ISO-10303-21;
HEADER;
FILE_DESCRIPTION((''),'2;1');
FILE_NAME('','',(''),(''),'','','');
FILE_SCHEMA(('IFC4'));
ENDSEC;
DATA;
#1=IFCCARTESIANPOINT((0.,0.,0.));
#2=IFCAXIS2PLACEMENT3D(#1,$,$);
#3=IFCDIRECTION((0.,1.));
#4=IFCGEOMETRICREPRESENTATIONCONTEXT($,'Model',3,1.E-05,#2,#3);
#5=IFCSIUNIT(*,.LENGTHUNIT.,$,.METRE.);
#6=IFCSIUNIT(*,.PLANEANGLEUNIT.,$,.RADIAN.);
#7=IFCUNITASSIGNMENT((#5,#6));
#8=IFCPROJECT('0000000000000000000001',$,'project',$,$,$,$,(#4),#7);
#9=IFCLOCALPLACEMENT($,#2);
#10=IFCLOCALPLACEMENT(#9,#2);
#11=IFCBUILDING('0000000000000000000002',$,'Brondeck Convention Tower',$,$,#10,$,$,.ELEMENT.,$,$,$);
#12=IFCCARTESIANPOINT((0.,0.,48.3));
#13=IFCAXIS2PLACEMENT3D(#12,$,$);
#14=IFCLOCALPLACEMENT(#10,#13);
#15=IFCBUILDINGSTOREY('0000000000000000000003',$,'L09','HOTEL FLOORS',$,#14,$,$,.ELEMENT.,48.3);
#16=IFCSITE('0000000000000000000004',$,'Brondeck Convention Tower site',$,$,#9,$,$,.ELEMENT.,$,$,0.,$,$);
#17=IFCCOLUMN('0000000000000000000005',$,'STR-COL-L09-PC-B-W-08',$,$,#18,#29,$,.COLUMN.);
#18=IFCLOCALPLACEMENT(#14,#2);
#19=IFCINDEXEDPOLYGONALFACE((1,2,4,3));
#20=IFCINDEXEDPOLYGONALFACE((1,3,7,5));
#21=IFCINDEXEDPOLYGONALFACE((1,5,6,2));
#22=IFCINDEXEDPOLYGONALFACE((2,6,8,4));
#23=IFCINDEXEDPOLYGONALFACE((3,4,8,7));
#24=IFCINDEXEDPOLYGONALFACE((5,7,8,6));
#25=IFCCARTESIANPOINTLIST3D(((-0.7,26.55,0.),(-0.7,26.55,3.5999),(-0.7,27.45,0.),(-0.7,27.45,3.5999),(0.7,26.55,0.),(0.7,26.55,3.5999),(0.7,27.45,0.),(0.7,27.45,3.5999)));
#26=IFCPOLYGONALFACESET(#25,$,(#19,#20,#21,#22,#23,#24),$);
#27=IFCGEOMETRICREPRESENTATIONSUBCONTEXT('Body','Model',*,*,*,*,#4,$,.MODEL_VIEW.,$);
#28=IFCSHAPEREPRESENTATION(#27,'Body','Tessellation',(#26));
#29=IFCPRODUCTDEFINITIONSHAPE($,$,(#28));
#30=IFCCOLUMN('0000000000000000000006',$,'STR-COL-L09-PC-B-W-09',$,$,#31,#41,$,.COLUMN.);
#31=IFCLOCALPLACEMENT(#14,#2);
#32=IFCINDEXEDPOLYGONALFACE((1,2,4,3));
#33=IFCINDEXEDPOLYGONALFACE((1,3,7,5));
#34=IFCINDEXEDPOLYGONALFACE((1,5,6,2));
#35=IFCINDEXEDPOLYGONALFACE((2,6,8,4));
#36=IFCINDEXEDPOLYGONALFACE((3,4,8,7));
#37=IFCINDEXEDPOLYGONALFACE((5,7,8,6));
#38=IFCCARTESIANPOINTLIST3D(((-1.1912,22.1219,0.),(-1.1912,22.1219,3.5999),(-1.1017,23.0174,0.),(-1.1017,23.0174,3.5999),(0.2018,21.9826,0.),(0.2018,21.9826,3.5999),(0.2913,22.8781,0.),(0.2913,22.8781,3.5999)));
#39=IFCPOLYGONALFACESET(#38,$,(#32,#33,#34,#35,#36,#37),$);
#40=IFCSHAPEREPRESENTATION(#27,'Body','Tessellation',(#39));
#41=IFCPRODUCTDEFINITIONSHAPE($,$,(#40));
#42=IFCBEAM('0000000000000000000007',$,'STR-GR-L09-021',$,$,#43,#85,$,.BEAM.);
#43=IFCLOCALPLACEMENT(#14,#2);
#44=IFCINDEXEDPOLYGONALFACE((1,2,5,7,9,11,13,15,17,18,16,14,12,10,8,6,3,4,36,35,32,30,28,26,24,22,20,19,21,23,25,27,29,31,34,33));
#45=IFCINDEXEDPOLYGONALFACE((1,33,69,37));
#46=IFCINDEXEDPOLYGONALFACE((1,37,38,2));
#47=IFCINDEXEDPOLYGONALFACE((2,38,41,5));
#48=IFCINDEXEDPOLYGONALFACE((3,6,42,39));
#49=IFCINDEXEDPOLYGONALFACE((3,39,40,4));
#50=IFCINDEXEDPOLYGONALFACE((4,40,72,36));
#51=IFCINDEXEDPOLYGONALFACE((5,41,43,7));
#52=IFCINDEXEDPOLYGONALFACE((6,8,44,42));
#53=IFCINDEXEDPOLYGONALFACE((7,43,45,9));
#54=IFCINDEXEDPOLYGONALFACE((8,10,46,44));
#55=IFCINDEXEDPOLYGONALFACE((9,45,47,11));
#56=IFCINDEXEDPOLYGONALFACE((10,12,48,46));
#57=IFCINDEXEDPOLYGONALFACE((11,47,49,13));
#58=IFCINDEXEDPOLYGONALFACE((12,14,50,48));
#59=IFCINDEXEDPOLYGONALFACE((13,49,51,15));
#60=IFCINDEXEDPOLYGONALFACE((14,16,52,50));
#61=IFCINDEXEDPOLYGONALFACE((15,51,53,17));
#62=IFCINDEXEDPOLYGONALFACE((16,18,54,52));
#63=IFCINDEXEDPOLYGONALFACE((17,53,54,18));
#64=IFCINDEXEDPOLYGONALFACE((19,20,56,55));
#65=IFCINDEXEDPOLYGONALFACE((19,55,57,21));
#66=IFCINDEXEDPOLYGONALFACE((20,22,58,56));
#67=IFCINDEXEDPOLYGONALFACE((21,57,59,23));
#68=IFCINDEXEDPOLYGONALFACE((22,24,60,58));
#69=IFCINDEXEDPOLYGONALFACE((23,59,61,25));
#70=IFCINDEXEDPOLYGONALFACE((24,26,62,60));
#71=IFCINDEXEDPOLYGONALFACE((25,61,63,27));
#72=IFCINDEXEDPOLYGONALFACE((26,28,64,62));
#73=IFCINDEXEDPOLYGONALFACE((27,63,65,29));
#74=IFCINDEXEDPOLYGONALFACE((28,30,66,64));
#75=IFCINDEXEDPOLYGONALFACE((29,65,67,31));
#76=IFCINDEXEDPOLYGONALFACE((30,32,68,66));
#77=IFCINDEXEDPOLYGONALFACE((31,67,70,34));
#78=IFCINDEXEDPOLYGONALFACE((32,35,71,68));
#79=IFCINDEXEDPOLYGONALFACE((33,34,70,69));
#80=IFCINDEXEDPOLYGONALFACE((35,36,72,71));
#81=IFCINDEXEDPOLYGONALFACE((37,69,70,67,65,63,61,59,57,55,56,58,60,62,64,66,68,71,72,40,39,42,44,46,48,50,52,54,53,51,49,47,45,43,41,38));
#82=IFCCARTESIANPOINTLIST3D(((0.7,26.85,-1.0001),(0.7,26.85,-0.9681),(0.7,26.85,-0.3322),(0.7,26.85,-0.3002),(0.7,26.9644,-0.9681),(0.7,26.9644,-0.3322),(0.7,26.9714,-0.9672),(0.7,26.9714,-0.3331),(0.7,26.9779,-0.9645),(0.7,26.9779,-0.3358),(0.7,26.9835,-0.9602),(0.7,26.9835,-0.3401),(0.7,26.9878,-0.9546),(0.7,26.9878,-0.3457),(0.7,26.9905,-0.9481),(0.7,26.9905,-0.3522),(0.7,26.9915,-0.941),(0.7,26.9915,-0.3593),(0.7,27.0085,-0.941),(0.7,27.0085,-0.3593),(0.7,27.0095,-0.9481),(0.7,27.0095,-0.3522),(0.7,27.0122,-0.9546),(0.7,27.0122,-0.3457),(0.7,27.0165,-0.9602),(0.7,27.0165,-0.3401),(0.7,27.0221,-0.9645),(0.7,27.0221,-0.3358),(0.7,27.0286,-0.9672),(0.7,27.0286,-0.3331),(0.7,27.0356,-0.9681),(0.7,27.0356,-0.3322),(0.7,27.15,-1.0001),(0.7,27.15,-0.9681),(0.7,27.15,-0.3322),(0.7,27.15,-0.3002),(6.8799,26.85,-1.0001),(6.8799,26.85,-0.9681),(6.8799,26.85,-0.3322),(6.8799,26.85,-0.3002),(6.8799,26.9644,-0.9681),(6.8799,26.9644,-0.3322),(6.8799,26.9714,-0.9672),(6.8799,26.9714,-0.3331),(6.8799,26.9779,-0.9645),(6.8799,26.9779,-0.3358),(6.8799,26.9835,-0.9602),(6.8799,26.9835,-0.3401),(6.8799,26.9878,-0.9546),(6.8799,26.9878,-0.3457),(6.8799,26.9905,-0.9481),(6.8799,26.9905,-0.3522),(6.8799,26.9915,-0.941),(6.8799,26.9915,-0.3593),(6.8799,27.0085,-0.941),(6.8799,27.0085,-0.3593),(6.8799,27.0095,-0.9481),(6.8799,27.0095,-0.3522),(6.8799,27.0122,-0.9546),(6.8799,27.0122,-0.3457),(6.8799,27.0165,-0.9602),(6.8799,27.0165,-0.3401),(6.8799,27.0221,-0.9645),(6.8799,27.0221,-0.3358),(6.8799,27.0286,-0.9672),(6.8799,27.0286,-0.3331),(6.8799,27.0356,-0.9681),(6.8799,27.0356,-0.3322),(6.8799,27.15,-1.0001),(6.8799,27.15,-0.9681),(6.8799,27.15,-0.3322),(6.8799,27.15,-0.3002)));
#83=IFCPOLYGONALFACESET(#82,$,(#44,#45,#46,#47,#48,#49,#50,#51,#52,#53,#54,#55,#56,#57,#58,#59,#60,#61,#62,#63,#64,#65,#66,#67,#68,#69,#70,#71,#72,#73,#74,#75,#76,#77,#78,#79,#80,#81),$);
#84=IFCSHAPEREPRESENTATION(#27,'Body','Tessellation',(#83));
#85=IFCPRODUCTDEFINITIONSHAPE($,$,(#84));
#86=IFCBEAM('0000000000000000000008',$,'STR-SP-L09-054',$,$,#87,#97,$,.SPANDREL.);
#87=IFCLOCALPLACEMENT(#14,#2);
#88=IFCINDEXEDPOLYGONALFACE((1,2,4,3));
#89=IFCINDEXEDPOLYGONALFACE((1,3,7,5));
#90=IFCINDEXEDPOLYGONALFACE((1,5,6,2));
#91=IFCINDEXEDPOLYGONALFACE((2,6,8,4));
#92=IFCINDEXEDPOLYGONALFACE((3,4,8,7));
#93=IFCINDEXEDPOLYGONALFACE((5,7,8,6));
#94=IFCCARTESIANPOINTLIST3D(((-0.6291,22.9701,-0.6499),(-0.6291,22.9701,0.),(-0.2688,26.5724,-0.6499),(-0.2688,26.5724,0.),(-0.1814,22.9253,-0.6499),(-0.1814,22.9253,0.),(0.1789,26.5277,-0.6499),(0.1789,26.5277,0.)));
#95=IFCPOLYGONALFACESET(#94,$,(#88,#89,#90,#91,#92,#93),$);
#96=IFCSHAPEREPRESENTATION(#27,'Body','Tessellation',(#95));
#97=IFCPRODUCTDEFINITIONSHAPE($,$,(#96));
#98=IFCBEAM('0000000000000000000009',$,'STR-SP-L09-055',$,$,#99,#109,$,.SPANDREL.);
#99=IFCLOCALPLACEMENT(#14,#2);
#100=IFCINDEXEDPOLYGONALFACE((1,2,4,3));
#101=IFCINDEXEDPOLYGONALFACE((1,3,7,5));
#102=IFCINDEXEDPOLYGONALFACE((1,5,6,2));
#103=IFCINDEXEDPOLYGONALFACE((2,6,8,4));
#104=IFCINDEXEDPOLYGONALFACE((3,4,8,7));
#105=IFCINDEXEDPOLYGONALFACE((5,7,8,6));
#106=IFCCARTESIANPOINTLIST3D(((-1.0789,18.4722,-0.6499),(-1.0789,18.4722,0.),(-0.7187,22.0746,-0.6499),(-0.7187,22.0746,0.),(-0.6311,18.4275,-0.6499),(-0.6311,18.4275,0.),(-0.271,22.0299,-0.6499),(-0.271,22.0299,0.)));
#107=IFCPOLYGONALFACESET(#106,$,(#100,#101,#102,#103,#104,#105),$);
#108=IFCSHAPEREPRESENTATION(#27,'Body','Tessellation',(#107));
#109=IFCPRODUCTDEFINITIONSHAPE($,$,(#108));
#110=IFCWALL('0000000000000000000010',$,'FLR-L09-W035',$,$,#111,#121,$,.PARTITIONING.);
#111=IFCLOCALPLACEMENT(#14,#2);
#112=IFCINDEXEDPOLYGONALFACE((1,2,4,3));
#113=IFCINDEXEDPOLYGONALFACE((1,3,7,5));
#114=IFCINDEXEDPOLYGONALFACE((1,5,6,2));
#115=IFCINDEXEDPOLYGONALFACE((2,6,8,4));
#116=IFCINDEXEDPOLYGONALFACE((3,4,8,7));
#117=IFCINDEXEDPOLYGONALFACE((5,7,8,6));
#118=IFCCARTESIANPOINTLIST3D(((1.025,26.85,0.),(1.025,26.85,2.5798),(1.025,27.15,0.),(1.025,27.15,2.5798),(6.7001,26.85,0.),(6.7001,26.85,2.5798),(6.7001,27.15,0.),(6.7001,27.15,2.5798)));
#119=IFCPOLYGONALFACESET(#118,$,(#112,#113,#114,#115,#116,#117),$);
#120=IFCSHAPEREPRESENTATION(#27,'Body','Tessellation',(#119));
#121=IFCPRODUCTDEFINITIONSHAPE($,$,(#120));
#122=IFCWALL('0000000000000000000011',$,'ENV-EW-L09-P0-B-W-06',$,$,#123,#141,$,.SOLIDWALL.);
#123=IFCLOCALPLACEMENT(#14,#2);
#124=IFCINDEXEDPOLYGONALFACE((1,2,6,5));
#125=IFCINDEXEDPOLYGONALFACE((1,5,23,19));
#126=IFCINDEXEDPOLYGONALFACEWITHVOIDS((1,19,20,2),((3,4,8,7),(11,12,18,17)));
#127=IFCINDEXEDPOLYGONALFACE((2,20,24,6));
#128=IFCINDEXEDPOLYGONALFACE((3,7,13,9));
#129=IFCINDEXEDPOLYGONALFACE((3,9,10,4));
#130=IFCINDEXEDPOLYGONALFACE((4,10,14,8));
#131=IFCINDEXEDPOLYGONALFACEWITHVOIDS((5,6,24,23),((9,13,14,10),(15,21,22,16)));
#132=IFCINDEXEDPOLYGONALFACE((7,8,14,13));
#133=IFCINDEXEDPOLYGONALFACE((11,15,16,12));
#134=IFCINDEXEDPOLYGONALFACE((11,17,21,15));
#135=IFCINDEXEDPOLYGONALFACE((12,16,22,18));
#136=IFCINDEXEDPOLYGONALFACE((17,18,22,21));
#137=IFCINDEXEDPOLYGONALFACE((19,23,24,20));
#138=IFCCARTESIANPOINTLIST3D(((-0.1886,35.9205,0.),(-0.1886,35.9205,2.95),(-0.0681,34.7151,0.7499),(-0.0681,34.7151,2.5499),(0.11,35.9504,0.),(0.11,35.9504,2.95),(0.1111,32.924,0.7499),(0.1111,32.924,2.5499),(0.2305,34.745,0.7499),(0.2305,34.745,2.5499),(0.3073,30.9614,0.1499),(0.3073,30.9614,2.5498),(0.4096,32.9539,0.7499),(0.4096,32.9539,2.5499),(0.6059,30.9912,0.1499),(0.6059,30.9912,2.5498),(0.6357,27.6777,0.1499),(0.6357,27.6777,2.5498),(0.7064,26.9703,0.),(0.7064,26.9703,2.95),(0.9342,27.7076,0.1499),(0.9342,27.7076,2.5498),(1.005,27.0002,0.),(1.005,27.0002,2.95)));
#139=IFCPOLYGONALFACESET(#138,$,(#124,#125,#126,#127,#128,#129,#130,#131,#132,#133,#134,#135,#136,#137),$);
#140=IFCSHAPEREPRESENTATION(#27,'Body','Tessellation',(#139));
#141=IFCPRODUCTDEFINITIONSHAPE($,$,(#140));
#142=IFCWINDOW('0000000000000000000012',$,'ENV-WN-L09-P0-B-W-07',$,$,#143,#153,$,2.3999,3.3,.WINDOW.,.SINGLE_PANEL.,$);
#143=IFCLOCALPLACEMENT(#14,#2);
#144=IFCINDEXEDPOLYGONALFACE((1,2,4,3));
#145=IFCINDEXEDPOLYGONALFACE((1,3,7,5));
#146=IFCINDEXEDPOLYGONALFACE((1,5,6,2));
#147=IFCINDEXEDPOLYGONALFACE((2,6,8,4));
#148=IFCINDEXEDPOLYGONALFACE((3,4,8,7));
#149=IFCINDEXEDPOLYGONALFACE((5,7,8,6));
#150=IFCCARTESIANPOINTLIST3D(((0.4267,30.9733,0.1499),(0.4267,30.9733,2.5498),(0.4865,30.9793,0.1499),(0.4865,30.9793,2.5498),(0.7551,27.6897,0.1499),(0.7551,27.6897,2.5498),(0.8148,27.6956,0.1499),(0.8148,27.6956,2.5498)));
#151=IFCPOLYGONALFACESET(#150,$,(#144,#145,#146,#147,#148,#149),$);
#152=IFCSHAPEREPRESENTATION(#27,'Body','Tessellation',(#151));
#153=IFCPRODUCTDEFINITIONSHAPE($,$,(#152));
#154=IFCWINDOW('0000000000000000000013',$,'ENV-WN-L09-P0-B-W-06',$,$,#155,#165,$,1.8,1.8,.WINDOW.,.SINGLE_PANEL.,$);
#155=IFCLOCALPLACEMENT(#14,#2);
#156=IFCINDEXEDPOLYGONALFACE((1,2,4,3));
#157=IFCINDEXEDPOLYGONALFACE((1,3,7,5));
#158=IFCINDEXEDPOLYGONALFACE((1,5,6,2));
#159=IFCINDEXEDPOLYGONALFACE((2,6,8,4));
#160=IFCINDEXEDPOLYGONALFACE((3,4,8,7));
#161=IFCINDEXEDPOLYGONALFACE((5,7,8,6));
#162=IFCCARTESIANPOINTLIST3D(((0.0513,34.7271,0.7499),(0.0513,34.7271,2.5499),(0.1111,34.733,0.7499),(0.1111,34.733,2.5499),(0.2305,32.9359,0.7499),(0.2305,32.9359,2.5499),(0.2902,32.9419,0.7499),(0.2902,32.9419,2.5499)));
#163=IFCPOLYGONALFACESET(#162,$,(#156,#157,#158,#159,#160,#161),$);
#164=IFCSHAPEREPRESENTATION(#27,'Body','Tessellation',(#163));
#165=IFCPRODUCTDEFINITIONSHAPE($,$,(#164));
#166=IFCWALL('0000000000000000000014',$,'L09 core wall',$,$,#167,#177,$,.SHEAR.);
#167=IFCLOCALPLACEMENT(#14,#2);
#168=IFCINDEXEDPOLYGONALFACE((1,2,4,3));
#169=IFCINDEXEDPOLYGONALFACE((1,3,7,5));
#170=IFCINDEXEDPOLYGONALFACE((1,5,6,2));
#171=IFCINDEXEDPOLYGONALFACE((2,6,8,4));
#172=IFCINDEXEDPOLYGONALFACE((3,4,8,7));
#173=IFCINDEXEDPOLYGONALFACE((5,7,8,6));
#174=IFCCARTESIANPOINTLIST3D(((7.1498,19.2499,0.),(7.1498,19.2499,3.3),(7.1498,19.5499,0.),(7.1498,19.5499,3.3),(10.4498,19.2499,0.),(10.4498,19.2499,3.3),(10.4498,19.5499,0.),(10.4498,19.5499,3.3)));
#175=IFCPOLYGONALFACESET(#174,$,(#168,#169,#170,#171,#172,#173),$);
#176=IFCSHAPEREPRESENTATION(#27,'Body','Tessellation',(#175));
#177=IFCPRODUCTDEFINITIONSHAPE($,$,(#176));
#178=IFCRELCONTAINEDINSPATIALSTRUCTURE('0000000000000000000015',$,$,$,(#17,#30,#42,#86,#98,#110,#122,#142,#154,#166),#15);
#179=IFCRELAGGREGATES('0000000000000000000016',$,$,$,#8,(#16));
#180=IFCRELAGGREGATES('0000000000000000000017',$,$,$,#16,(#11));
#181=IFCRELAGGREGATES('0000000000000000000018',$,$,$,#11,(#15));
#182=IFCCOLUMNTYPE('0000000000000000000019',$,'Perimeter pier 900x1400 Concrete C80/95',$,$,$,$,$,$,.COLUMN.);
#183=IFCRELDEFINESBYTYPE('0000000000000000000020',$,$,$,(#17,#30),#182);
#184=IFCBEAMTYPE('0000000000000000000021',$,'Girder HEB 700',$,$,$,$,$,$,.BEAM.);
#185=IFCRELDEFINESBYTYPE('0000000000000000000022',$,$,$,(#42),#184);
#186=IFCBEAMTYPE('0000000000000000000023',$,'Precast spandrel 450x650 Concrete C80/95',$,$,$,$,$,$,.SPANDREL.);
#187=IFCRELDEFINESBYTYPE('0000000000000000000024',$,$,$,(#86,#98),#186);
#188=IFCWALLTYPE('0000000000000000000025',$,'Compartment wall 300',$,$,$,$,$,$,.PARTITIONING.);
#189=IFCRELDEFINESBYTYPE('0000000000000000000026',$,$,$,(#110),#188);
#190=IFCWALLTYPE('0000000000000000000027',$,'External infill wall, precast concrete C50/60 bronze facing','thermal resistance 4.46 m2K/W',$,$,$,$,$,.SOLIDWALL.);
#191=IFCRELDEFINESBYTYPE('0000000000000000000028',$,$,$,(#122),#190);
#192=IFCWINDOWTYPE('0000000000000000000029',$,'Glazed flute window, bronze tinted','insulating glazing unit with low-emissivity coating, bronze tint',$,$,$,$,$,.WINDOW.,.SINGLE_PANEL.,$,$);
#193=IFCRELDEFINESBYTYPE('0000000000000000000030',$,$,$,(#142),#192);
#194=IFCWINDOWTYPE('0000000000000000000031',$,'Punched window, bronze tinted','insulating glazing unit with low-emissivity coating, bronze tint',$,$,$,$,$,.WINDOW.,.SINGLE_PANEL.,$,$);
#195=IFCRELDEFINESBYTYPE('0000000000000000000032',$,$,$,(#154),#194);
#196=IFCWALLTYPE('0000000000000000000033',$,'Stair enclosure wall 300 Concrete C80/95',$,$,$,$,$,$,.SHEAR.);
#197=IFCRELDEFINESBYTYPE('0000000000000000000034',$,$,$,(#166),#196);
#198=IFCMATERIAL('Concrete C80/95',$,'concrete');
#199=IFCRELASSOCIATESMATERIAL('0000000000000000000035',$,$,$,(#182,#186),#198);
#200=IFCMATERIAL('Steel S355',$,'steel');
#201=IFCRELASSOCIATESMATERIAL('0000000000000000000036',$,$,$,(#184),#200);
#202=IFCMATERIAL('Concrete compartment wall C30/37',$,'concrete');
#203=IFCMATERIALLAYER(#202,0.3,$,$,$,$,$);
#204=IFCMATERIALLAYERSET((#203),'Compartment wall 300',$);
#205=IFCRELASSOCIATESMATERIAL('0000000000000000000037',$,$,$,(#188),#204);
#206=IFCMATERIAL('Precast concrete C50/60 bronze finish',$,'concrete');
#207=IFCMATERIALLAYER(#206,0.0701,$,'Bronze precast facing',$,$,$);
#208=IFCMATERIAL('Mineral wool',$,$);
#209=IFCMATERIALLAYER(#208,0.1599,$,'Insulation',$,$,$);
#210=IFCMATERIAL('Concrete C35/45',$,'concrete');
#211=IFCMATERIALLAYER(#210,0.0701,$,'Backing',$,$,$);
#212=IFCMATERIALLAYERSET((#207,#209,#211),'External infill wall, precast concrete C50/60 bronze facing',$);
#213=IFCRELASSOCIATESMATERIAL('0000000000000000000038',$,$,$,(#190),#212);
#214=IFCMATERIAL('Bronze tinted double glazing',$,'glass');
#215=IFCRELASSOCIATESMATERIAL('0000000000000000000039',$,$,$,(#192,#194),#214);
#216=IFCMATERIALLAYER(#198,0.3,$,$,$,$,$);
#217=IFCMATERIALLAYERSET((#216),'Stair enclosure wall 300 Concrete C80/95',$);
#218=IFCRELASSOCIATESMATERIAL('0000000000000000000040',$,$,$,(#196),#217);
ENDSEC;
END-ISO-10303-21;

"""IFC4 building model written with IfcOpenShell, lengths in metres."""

from ifc_helpers import new_model, si_unit, direction, frame, frame_2d, origin, origin_2d, place, context, subcontext, project, spatial, rectangle, i_section, extrude, material, layer, layer_set, material_profile, profile_set, type_object, element, fill, save


model = new_model("IFC4")

# Units and contexts
model_context = context("Model", 3, precision=1e-05, world=origin(), true_north=direction((0.0, 1.0)))
body_context = subcontext(model_context, "Body", "Model", "MODEL_VIEW")
ifc_project = project(units=[si_unit("LENGTHUNIT", "METRE"), si_unit("PLANEANGLEUNIT", "RADIAN")], contexts=[model_context])

# Site, building, storey
site_placement = place(None, origin())
site = spatial("IfcSite", under=ifc_project, at=site_placement, Name="Brondeck Convention Tower site", CompositionType="ELEMENT", RefElevation=0.0)
building_placement = place(site_placement, origin())
building = spatial("IfcBuilding", under=site, at=building_placement, Name="Brondeck Convention Tower", CompositionType="ELEMENT")
storey_placement = place(building_placement, frame((0.0, 0.0, 48.3)))
storey = spatial("IfcBuildingStorey", under=building, at=storey_placement, Name="L09", Description="HOTEL FLOORS", CompositionType="ELEMENT", Elevation=48.3)

# Columns
ifc_material_1 = material(Name="Concrete C80/95", Category="concrete")
ifc_material_profile_1 = material_profile(ifc_material_1, rectangle(XDim=0.8999, YDim=1.3999, at=origin_2d()), Name="Perimeter pier 900x1400 Concrete C80/95")
ifc_profile_set_1 = profile_set([ifc_material_profile_1], Name="Concrete C80/95")
column_type = type_object("IfcColumnType", Name="Perimeter pier 900x1400 Concrete C80/95", PredefinedType="COLUMN", material=ifc_profile_set_1)
for number, where, z_axis, x_axis, name in (
    (1, (0.0, 27.0, 0.0), (0.0, 0.0, 1.0), (0.0, -1.0, 0.0), "STR-COL-L09-PC-B-W-08"),
    (2, (-0.45, 22.5, 0.0), (0.0, 0.0, 1.0), (-0.099504, -0.995037, 0.0), "STR-COL-L09-PC-B-W-09"),
):
    element("IfcColumn", number, at=place(storey_placement, frame(where, z_axis=z_axis, x_axis=x_axis)), inside=storey, type_object=column_type, Name=name, PredefinedType="COLUMN", context=body_context, shape_type="SweptSolid", body=[
        extrude(rectangle(XDim=0.8999, YDim=1.3999, at=origin_2d()), origin(), (0.0, 0.0, 1.0), 3.5999),
    ])

# Beams
ifc_material_2 = material(Name="Steel S355", Category="steel")
ifc_material_profile_2 = material_profile(ifc_material_2, i_section(OverallWidth=0.3, OverallDepth=0.7, WebThickness=0.0171, FlangeThickness=0.032, FilletRadius=0.0271, at=origin_2d()), Name="HEB 700")
ifc_profile_set_2 = profile_set([ifc_material_profile_2], Name="Steel S355")
beam_type_1 = type_object("IfcBeamType", Name="Girder HEB 700", PredefinedType="BEAM", material=ifc_profile_set_2)
beam_placement = place(storey_placement, frame((0.7, 27.0, -0.6501), z_axis=(1.0, 0.0, 0.0), x_axis=(0.0, 1.0, 0.0)))
element("IfcBeam", 3, at=beam_placement, inside=storey, type_object=beam_type_1, Name="STR-GR-L09-021", PredefinedType="BEAM", context=body_context, shape_type="SweptSolid", body=[
    extrude(i_section(OverallWidth=0.3, OverallDepth=0.7, WebThickness=0.0171, FlangeThickness=0.032, FilletRadius=0.0271, at=origin_2d()), origin(), (0.0, 0.0, 1.0), 6.1799),
])
ifc_material_profile_3 = material_profile(ifc_material_1, rectangle(XDim=0.45, YDim=0.6499, at=origin_2d()), Name="Precast spandrel 450x650 Concrete C80/95")
ifc_profile_set_3 = profile_set([ifc_material_profile_3], Name="Concrete C80/95")
beam_type_2 = type_object("IfcBeamType", Name="Precast spandrel 450x650 Concrete C80/95", PredefinedType="SPANDREL", material=ifc_profile_set_3)
for number, where, z_axis, x_axis, name in (
    (4, (-0.0449, 26.55, -0.325), (-0.099537, -0.995034, 0.0), (0.995034, -0.099537, 0.0), "STR-SP-L09-054"),
    (5, (-0.4949, 22.0522, -0.325), (-0.09947, -0.995041, 0.0), (0.995041, -0.09947, 0.0), "STR-SP-L09-055"),
):
    element("IfcBeam", number, at=place(storey_placement, frame(where, z_axis=z_axis, x_axis=x_axis)), inside=storey, type_object=beam_type_2, Name=name, PredefinedType="SPANDREL", context=body_context, shape_type="SweptSolid", body=[
        extrude(rectangle(XDim=0.45, YDim=0.6499, at=origin_2d()), origin(), (0.0, 0.0, 1.0), 3.6204),
    ])

# Wall
ifc_material_3 = material(Name="Concrete compartment wall C30/37", Category="concrete")
ifc_layer_1 = layer(ifc_material_3, 0.3)
ifc_layer_set_1 = layer_set([ifc_layer_1], Name="Compartment wall 300")
wall_type_1 = type_object("IfcWallType", Name="Compartment wall 300", PredefinedType="PARTITIONING", material=ifc_layer_set_1)
wall_1_placement = place(storey_placement, frame((6.7, 27.0, 0.0), z_axis=(0.0, 0.0, 1.0), x_axis=(-1.0, 0.0, 0.0)))
element("IfcWall", 6, at=wall_1_placement, inside=storey, type_object=wall_type_1, Name="FLR-L09-W035", PredefinedType="PARTITIONING", context=body_context, shape_type="SweptSolid", body=[
    extrude(rectangle(XDim=5.675, YDim=0.3, at=frame_2d((2.8374, 0.0))), origin(), (0.0, 0.0, 1.0), 2.5798),
])

# Wall, openings, windows
ifc_material_4 = material(Name="Precast concrete C50/60 bronze finish", Category="concrete")
ifc_layer_2 = layer(ifc_material_4, 0.0701, Name="Bronze precast facing")
ifc_material_5 = material(Name="Mineral wool")
ifc_layer_3 = layer(ifc_material_5, 0.1599, Name="Insulation")
ifc_material_6 = material(Name="Concrete C35/45", Category="concrete")
ifc_layer_4 = layer(ifc_material_6, 0.0701, Name="Backing")
ifc_layer_set_2 = layer_set([ifc_layer_2, ifc_layer_3, ifc_layer_4], Name="External infill wall, precast concrete C50/60 bronze facing")
wall_type_2 = type_object("IfcWallType", Name="External infill wall, precast concrete C50/60 bronze facing", Description="thermal resistance 4.46 m2K/W", PredefinedType="SOLIDWALL", material=ifc_layer_set_2)
wall_2_placement = place(storey_placement, frame((0.8557, 26.9851, 0.0), z_axis=(0.0, 0.0, 1.0), x_axis=(-0.099504, 0.995037, 0.0)))
wall_2 = element("IfcWall", 7, at=wall_2_placement, inside=storey, type_object=wall_type_2, Name="ENV-EW-L09-P0-B-W-06", PredefinedType="SOLIDWALL", context=body_context, shape_type="SweptSolid", body=[
    extrude(rectangle(XDim=8.9949, YDim=0.3, at=frame_2d((4.4976, 0.0))), origin(), (0.0, 0.0, 1.0), 2.95),
])
opening_1_placement = place(wall_2_placement, frame((0.7112, 0.0, 0.1499)))
opening_1 = element("IfcOpeningElement", 8, at=opening_1_placement, cuts=wall_2, PredefinedType="OPENING", context=body_context, shape_type="SweptSolid", body=[
    extrude(rectangle(XDim=3.3, YDim=2.3999, at=frame_2d((1.6499, 1.2))), frame((0.0, 0.1599, 0.0), z_axis=(0.0, -1.0, 0.0), x_axis=(1.0, 0.0, 0.0)), (0.0, 0.0, 1.0), 0.3201),
])
opening_2_placement = place(wall_2_placement, frame((5.9836, 0.0, 0.75)))
opening_2 = element("IfcOpeningElement", 9, at=opening_2_placement, cuts=wall_2, PredefinedType="OPENING", context=body_context, shape_type="SweptSolid", body=[
    extrude(rectangle(XDim=1.8, YDim=1.8, at=frame_2d((0.8999, 0.8999))), frame((0.0, 0.1599, 0.0), z_axis=(0.0, -1.0, 0.0), x_axis=(1.0, 0.0, 0.0)), (0.0, 0.0, 1.0), 0.3201),
])
ifc_material_7 = material(Name="Bronze tinted double glazing", Category="glass")
window_type_1 = type_object("IfcWindowType", Name="Glazed flute window, bronze tinted", Description="insulating glazing unit with low-emissivity coating, bronze tint", PartitioningType="SINGLE_PANEL", PredefinedType="WINDOW", material=ifc_material_7)
window_1_placement = place(opening_1_placement, origin())
window_1 = element("IfcWindow", 10, at=window_1_placement, inside=storey, type_object=window_type_1, Name="ENV-WN-L09-P0-B-W-07", OverallHeight=2.3999, OverallWidth=3.3, PartitioningType="SINGLE_PANEL", PredefinedType="WINDOW", context=body_context, shape_type="SweptSolid", body=[
    extrude(rectangle(XDim=3.3, YDim=2.3999, at=frame_2d((1.6499, 1.2))), frame((0.0, 0.03, 0.0), z_axis=(0.0, -1.0, 0.0), x_axis=(1.0, 0.0, 0.0)), (0.0, 0.0, 1.0), 0.0601),
])
fill(opening_1, window_1)
window_type_2 = type_object("IfcWindowType", Name="Punched window, bronze tinted", Description="insulating glazing unit with low-emissivity coating, bronze tint", PartitioningType="SINGLE_PANEL", PredefinedType="WINDOW", material=ifc_material_7)
window_2_placement = place(opening_2_placement, origin())
window_2 = element("IfcWindow", 11, at=window_2_placement, inside=storey, type_object=window_type_2, Name="ENV-WN-L09-P0-B-W-06", OverallHeight=1.8, OverallWidth=1.8, PartitioningType="SINGLE_PANEL", PredefinedType="WINDOW", context=body_context, shape_type="SweptSolid", body=[
    extrude(rectangle(XDim=1.8, YDim=1.8, at=frame_2d((0.8999, 0.8999))), frame((0.0, 0.03, 0.0), z_axis=(0.0, -1.0, 0.0), x_axis=(1.0, 0.0, 0.0)), (0.0, 0.0, 1.0), 0.0601),
])
fill(opening_2, window_2)

# Wall
ifc_layer_5 = layer(ifc_material_1, 0.3)
ifc_layer_set_3 = layer_set([ifc_layer_5], Name="Stair enclosure wall 300 Concrete C80/95")
wall_type_3 = type_object("IfcWallType", Name="Stair enclosure wall 300 Concrete C80/95", PredefinedType="SHEAR", material=ifc_layer_set_3)
wall_3_placement = place(storey_placement, frame((7.1499, 19.3999, 0.0), z_axis=(0.0, 0.0, 1.0), x_axis=(1.0, 0.0, 0.0)))
element("IfcWall", 12, at=wall_3_placement, inside=storey, type_object=wall_type_3, Name="L09 core wall", PredefinedType="SHEAR", context=body_context, shape_type="SweptSolid", body=[
    extrude(rectangle(XDim=3.3, YDim=0.3, at=frame_2d((1.6499, 0.0))), origin(), (0.0, 0.0, 1.0), 3.3),
])

save(model, "model.ifc")
